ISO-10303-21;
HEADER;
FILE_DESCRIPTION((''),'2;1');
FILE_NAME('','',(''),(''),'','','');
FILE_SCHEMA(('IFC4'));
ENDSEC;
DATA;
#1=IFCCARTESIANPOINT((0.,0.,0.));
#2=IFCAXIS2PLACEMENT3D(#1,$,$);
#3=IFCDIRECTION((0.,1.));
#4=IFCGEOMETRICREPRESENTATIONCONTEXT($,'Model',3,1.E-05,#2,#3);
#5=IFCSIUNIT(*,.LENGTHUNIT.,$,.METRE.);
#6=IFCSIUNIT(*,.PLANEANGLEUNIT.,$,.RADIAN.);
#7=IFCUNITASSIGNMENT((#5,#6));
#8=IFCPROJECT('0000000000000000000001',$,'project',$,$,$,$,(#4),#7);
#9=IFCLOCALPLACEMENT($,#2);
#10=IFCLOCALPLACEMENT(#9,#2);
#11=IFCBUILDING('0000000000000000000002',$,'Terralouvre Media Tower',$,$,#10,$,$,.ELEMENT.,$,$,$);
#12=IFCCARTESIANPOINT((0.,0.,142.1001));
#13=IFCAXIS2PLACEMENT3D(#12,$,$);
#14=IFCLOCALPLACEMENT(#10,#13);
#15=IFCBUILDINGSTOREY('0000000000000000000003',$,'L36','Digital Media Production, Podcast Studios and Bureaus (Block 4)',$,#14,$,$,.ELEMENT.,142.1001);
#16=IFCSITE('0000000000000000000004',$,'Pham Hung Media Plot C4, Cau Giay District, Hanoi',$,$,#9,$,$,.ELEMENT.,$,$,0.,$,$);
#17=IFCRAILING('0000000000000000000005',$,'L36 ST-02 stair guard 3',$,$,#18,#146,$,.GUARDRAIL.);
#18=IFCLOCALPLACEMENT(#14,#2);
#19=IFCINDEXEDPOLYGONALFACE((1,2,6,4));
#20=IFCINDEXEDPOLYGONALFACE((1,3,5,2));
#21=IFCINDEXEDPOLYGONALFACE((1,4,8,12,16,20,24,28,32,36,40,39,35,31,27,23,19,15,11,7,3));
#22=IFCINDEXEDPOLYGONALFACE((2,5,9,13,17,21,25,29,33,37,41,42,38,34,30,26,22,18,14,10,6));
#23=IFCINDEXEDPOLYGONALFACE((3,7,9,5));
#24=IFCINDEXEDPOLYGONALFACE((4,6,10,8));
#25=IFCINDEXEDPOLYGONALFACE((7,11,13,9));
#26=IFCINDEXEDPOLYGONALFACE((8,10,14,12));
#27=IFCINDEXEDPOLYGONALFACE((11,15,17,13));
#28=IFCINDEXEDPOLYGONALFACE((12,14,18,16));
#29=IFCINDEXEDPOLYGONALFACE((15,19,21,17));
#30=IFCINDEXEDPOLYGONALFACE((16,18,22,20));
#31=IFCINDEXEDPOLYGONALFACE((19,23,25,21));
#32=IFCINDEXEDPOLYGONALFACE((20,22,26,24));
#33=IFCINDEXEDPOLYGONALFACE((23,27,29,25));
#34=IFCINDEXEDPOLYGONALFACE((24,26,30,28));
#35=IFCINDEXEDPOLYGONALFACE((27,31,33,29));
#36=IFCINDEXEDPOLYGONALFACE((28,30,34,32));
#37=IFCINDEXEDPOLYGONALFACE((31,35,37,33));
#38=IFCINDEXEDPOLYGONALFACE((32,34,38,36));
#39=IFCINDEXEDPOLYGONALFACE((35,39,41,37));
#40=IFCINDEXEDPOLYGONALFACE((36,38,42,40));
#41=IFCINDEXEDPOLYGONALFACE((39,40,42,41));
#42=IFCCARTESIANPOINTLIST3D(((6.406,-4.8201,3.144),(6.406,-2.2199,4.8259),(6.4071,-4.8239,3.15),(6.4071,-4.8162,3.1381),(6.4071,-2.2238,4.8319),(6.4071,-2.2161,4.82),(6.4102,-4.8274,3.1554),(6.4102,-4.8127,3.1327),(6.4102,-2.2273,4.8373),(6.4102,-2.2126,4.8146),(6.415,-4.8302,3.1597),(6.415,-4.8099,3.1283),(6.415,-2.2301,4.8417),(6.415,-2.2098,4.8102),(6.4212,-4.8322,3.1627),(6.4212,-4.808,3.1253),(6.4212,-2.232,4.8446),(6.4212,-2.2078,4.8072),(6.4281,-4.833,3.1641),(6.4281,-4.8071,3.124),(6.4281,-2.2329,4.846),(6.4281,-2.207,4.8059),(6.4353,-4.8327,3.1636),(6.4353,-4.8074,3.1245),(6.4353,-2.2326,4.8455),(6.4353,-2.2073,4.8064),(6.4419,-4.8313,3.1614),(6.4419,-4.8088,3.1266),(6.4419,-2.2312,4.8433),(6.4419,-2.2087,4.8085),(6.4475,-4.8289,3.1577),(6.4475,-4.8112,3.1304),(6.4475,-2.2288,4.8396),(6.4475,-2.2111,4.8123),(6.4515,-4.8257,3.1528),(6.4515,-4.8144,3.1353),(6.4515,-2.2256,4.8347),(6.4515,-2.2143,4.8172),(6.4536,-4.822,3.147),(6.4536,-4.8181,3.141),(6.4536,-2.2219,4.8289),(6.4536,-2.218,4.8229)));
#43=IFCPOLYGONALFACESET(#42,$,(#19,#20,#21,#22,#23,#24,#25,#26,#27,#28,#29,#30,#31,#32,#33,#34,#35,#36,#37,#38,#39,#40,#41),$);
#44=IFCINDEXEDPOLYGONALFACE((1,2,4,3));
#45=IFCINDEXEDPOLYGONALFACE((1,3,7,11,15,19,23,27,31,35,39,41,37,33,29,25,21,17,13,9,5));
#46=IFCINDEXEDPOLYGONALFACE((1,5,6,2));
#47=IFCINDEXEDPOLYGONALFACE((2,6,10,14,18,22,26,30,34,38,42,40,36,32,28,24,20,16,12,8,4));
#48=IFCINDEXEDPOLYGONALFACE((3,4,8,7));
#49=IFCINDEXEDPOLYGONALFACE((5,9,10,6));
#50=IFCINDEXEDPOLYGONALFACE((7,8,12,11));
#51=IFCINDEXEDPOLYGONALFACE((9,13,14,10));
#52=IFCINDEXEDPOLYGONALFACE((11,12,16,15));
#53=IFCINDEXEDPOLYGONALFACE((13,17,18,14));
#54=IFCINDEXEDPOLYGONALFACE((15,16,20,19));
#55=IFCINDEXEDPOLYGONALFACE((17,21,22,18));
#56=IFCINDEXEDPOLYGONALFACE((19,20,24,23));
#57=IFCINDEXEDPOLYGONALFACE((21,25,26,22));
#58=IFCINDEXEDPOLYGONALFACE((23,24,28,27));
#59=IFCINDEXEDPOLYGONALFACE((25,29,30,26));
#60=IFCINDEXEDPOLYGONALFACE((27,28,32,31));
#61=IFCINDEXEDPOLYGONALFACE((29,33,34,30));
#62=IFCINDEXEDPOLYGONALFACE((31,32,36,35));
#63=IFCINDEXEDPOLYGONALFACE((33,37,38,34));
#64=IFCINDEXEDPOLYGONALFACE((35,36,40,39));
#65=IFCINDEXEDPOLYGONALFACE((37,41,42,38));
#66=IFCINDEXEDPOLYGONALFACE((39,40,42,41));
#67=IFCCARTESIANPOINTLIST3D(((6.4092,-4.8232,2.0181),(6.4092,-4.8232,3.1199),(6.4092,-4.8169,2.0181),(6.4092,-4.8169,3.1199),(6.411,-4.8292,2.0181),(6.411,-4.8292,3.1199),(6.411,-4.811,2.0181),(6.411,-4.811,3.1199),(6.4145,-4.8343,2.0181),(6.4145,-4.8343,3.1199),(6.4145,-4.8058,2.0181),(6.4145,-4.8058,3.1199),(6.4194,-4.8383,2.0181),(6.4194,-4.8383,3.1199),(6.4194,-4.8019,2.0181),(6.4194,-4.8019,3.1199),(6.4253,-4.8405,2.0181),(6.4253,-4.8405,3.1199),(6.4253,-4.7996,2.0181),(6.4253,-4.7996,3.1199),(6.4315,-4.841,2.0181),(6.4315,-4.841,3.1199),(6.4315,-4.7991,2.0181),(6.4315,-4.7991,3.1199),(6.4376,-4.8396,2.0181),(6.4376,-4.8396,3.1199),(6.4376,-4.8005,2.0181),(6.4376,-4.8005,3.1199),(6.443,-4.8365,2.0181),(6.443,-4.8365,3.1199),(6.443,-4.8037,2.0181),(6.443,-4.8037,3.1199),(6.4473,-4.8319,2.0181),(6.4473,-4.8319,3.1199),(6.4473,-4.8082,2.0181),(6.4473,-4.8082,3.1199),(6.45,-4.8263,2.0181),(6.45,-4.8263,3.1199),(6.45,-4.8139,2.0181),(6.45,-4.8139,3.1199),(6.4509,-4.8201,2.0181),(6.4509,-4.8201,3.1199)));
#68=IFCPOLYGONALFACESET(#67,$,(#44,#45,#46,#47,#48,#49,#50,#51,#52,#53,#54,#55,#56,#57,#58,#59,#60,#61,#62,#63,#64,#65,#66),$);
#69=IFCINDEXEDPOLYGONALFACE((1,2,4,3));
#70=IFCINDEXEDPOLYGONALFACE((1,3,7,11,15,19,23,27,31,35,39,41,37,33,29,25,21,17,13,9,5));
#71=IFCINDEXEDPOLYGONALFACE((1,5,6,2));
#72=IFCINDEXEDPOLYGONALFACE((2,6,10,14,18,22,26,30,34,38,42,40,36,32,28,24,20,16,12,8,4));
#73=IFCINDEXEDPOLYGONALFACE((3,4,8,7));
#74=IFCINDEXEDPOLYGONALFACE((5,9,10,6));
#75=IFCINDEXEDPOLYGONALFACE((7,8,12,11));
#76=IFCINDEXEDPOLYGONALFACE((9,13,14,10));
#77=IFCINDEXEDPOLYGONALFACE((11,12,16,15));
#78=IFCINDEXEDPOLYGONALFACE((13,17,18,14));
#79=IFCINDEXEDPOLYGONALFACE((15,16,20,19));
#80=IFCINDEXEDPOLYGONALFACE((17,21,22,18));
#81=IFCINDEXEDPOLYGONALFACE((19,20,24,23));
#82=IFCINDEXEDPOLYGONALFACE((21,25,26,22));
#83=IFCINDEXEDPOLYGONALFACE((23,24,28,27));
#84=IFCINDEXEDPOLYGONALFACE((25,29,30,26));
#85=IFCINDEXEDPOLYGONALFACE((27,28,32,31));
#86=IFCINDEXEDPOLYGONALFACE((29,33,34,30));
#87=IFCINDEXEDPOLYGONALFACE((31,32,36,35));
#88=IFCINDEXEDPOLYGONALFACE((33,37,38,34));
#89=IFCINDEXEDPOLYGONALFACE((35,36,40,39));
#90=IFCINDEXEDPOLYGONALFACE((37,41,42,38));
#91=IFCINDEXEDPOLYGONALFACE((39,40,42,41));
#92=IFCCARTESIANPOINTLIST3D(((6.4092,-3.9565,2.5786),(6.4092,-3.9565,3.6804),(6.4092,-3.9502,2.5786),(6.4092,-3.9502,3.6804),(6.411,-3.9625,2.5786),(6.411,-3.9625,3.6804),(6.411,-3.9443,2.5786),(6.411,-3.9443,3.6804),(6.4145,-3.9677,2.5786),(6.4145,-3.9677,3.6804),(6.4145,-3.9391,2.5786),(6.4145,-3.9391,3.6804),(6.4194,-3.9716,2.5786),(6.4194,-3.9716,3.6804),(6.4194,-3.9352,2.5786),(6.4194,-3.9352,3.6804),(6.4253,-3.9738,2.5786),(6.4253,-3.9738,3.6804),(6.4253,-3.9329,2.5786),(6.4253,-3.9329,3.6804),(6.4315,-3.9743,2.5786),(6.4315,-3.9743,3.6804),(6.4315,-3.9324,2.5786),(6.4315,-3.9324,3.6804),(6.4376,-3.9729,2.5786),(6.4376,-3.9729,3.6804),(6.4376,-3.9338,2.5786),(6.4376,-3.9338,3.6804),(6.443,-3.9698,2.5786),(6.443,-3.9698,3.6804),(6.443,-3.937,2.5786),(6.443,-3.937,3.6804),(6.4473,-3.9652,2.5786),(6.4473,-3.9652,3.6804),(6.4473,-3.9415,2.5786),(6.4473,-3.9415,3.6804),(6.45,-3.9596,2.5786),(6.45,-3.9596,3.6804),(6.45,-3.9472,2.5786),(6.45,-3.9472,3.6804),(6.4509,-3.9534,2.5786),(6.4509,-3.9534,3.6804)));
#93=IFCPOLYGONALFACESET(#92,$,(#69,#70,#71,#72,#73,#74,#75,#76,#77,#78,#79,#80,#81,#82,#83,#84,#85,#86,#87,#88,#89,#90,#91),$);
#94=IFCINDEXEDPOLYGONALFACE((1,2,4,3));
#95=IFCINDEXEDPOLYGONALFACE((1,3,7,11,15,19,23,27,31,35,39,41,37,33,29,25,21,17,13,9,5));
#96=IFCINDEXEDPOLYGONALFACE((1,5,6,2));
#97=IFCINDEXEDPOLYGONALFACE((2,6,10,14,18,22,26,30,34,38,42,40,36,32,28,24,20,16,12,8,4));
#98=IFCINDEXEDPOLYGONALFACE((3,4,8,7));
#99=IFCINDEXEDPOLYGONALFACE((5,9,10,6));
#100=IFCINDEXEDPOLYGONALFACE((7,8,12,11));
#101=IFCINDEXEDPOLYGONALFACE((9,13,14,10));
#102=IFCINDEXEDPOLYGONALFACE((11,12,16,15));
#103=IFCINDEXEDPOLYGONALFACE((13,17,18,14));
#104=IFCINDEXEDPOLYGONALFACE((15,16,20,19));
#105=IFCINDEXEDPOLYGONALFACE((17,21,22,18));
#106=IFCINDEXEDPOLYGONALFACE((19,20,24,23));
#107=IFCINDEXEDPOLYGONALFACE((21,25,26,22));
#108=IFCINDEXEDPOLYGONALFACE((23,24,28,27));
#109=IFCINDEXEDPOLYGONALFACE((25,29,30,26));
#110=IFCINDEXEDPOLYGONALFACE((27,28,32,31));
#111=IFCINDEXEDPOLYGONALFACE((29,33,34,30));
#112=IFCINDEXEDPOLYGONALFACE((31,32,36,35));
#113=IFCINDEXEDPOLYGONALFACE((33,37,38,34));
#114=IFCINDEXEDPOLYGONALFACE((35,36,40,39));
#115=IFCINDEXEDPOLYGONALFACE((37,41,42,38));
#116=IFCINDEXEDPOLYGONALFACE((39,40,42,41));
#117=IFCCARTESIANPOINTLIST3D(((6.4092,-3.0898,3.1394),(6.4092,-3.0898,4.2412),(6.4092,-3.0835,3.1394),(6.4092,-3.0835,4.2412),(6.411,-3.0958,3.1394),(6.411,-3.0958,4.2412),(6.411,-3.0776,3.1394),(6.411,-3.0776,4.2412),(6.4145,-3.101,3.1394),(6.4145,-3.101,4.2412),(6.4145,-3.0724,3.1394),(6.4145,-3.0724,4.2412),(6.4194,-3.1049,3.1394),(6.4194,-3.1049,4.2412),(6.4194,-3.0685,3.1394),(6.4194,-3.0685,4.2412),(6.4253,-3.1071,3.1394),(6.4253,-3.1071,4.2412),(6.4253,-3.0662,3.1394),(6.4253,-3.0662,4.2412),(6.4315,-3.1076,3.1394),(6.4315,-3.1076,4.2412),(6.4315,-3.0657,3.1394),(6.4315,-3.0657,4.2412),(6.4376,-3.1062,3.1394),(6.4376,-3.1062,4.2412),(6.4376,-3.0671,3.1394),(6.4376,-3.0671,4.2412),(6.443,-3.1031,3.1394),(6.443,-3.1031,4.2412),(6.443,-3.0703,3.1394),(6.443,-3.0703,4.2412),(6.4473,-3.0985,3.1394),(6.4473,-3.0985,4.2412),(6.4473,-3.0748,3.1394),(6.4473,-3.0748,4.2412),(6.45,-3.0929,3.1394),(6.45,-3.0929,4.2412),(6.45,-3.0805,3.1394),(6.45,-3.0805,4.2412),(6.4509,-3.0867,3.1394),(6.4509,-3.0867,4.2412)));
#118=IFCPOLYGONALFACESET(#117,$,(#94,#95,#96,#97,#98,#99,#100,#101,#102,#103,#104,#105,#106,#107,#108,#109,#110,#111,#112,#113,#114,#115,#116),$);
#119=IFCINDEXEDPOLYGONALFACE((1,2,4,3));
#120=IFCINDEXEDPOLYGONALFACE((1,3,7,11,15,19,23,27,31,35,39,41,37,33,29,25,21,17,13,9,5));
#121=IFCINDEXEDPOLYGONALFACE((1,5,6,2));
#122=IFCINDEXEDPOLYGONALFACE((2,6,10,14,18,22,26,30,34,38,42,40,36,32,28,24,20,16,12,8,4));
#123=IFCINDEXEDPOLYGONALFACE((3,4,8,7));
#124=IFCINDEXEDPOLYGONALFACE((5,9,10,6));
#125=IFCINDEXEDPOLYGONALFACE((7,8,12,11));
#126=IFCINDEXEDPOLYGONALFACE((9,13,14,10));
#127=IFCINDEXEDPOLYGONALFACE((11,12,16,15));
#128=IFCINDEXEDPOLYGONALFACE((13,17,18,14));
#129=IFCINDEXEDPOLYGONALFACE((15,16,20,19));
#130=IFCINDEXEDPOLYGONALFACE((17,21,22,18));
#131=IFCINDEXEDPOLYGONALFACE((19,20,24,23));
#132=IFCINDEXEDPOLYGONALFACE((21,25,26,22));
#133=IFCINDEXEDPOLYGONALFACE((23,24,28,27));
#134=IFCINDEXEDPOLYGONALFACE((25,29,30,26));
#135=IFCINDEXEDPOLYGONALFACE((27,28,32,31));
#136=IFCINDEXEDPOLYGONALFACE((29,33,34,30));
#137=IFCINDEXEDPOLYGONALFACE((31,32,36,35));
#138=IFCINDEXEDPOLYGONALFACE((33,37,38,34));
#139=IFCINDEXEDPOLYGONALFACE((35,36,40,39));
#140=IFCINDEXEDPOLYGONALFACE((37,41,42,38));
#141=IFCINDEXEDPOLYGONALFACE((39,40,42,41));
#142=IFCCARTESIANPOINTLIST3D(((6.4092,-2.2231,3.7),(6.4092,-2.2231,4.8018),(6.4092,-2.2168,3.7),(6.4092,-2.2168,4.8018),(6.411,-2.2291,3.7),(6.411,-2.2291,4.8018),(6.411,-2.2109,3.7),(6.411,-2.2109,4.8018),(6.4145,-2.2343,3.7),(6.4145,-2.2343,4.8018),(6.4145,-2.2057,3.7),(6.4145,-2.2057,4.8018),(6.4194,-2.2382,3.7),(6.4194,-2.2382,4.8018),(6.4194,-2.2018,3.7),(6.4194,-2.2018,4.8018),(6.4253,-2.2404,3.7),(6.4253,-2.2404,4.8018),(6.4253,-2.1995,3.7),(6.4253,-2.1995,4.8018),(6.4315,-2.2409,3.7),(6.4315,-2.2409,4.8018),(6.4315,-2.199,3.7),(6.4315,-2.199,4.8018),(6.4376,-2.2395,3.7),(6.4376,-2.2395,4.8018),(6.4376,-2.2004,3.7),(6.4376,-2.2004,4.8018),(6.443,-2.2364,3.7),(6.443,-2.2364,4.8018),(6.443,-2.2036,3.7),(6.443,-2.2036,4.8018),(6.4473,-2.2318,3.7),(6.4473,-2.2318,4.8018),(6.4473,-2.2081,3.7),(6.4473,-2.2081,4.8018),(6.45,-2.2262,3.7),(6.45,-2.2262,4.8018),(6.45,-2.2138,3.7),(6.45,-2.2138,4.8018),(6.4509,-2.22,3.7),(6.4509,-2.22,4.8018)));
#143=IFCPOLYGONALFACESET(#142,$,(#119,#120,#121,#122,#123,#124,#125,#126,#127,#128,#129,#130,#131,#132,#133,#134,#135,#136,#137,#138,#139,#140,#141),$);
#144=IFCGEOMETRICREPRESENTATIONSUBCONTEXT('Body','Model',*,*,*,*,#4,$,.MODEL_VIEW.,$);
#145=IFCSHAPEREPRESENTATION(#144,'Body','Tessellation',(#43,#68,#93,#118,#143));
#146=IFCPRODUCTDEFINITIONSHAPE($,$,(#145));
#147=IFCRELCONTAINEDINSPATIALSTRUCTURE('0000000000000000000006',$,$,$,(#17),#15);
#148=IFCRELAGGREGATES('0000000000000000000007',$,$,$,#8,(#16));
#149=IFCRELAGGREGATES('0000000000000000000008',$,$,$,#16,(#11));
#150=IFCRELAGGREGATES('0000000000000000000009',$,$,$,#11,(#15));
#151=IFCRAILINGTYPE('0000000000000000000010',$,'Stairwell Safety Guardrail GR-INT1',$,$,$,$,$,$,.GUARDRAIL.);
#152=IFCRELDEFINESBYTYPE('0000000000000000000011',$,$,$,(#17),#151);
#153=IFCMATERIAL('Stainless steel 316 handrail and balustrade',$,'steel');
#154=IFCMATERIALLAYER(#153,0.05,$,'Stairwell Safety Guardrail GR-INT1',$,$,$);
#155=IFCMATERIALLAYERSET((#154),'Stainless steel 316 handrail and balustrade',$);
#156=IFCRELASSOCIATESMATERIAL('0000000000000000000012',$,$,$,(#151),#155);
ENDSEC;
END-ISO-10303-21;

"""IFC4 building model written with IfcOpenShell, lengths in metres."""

from ifc_helpers import new_model, si_unit, direction, frame, origin, origin_2d, place, context, subcontext, project, spatial, circle, extrude, material, layer, layer_set, type_object, element, save


model = new_model("IFC4")

# Units and contexts
model_context = context("Model", 3, precision=1e-05, world=origin(), true_north=direction((0.0, 1.0)))
body_context = subcontext(model_context, "Body", "Model", "MODEL_VIEW")
ifc_project = project(units=[si_unit("LENGTHUNIT", "METRE"), si_unit("PLANEANGLEUNIT", "RADIAN")], contexts=[model_context])

# Site, building, storey
site_placement = place(None, origin())
site = spatial("IfcSite", under=ifc_project, at=site_placement, Name="Pham Hung Media Plot C4, Cau Giay District, Hanoi", CompositionType="ELEMENT", RefElevation=0.0)
building_placement = place(site_placement, origin())
building = spatial("IfcBuilding", under=site, at=building_placement, Name="Terralouvre Media Tower", CompositionType="ELEMENT")
storey_placement = place(building_placement, frame((0.0, 0.0, 142.1001)))
storey = spatial("IfcBuildingStorey", under=building, at=storey_placement, Name="L36", Description="Digital Media Production, Podcast Studios and Bureaus (Block 4)", CompositionType="ELEMENT", Elevation=142.1001)

# Railing
ifc_material_1 = material(Name="Stainless steel 316 handrail and balustrade", Category="steel")
ifc_layer_1 = layer(ifc_material_1, 0.05, Name="Stairwell Safety Guardrail GR-INT1")
ifc_layer_set_1 = layer_set([ifc_layer_1], Name="Stainless steel 316 handrail and balustrade")
railing_type_1 = type_object("IfcRailingType", Name="Stairwell Safety Guardrail GR-INT1", PredefinedType="GUARDRAIL", material=ifc_layer_set_1)
railing_1_placement = place(storey_placement, frame((6.4299, -4.8201, 2.0181)))
element("IfcRailing", 1, at=railing_1_placement, inside=storey, type_object=railing_type_1, Name="L36 ST-02 stair guard 3", PredefinedType="GUARDRAIL", context=body_context, shape_type="SweptSolid", body=[
    extrude(circle(Radius=0.0239, at=origin_2d()), frame((0.0, 0.0, 1.126), z_axis=(0.0, 0.839648, 0.54313), x_axis=(-1.0, 0.0, 0.0)), (0.0, 0.0, 1.0), 3.0967),
    extrude(circle(Radius=0.021, at=origin_2d()), origin(), (0.0, 0.0, 1.0), 1.1018),
    extrude(circle(Radius=0.021, at=origin_2d()), frame((0.0, 0.8667, 0.5605)), (0.0, 0.0, 1.0), 1.1018),
    extrude(circle(Radius=0.021, at=origin_2d()), frame((0.0, 1.7334, 1.1213)), (0.0, 0.0, 1.0), 1.1018),
    extrude(circle(Radius=0.021, at=origin_2d()), frame((0.0, 2.6001, 1.6819)), (0.0, 0.0, 1.0), 1.1018),
])

save(model, "model.ifc")
